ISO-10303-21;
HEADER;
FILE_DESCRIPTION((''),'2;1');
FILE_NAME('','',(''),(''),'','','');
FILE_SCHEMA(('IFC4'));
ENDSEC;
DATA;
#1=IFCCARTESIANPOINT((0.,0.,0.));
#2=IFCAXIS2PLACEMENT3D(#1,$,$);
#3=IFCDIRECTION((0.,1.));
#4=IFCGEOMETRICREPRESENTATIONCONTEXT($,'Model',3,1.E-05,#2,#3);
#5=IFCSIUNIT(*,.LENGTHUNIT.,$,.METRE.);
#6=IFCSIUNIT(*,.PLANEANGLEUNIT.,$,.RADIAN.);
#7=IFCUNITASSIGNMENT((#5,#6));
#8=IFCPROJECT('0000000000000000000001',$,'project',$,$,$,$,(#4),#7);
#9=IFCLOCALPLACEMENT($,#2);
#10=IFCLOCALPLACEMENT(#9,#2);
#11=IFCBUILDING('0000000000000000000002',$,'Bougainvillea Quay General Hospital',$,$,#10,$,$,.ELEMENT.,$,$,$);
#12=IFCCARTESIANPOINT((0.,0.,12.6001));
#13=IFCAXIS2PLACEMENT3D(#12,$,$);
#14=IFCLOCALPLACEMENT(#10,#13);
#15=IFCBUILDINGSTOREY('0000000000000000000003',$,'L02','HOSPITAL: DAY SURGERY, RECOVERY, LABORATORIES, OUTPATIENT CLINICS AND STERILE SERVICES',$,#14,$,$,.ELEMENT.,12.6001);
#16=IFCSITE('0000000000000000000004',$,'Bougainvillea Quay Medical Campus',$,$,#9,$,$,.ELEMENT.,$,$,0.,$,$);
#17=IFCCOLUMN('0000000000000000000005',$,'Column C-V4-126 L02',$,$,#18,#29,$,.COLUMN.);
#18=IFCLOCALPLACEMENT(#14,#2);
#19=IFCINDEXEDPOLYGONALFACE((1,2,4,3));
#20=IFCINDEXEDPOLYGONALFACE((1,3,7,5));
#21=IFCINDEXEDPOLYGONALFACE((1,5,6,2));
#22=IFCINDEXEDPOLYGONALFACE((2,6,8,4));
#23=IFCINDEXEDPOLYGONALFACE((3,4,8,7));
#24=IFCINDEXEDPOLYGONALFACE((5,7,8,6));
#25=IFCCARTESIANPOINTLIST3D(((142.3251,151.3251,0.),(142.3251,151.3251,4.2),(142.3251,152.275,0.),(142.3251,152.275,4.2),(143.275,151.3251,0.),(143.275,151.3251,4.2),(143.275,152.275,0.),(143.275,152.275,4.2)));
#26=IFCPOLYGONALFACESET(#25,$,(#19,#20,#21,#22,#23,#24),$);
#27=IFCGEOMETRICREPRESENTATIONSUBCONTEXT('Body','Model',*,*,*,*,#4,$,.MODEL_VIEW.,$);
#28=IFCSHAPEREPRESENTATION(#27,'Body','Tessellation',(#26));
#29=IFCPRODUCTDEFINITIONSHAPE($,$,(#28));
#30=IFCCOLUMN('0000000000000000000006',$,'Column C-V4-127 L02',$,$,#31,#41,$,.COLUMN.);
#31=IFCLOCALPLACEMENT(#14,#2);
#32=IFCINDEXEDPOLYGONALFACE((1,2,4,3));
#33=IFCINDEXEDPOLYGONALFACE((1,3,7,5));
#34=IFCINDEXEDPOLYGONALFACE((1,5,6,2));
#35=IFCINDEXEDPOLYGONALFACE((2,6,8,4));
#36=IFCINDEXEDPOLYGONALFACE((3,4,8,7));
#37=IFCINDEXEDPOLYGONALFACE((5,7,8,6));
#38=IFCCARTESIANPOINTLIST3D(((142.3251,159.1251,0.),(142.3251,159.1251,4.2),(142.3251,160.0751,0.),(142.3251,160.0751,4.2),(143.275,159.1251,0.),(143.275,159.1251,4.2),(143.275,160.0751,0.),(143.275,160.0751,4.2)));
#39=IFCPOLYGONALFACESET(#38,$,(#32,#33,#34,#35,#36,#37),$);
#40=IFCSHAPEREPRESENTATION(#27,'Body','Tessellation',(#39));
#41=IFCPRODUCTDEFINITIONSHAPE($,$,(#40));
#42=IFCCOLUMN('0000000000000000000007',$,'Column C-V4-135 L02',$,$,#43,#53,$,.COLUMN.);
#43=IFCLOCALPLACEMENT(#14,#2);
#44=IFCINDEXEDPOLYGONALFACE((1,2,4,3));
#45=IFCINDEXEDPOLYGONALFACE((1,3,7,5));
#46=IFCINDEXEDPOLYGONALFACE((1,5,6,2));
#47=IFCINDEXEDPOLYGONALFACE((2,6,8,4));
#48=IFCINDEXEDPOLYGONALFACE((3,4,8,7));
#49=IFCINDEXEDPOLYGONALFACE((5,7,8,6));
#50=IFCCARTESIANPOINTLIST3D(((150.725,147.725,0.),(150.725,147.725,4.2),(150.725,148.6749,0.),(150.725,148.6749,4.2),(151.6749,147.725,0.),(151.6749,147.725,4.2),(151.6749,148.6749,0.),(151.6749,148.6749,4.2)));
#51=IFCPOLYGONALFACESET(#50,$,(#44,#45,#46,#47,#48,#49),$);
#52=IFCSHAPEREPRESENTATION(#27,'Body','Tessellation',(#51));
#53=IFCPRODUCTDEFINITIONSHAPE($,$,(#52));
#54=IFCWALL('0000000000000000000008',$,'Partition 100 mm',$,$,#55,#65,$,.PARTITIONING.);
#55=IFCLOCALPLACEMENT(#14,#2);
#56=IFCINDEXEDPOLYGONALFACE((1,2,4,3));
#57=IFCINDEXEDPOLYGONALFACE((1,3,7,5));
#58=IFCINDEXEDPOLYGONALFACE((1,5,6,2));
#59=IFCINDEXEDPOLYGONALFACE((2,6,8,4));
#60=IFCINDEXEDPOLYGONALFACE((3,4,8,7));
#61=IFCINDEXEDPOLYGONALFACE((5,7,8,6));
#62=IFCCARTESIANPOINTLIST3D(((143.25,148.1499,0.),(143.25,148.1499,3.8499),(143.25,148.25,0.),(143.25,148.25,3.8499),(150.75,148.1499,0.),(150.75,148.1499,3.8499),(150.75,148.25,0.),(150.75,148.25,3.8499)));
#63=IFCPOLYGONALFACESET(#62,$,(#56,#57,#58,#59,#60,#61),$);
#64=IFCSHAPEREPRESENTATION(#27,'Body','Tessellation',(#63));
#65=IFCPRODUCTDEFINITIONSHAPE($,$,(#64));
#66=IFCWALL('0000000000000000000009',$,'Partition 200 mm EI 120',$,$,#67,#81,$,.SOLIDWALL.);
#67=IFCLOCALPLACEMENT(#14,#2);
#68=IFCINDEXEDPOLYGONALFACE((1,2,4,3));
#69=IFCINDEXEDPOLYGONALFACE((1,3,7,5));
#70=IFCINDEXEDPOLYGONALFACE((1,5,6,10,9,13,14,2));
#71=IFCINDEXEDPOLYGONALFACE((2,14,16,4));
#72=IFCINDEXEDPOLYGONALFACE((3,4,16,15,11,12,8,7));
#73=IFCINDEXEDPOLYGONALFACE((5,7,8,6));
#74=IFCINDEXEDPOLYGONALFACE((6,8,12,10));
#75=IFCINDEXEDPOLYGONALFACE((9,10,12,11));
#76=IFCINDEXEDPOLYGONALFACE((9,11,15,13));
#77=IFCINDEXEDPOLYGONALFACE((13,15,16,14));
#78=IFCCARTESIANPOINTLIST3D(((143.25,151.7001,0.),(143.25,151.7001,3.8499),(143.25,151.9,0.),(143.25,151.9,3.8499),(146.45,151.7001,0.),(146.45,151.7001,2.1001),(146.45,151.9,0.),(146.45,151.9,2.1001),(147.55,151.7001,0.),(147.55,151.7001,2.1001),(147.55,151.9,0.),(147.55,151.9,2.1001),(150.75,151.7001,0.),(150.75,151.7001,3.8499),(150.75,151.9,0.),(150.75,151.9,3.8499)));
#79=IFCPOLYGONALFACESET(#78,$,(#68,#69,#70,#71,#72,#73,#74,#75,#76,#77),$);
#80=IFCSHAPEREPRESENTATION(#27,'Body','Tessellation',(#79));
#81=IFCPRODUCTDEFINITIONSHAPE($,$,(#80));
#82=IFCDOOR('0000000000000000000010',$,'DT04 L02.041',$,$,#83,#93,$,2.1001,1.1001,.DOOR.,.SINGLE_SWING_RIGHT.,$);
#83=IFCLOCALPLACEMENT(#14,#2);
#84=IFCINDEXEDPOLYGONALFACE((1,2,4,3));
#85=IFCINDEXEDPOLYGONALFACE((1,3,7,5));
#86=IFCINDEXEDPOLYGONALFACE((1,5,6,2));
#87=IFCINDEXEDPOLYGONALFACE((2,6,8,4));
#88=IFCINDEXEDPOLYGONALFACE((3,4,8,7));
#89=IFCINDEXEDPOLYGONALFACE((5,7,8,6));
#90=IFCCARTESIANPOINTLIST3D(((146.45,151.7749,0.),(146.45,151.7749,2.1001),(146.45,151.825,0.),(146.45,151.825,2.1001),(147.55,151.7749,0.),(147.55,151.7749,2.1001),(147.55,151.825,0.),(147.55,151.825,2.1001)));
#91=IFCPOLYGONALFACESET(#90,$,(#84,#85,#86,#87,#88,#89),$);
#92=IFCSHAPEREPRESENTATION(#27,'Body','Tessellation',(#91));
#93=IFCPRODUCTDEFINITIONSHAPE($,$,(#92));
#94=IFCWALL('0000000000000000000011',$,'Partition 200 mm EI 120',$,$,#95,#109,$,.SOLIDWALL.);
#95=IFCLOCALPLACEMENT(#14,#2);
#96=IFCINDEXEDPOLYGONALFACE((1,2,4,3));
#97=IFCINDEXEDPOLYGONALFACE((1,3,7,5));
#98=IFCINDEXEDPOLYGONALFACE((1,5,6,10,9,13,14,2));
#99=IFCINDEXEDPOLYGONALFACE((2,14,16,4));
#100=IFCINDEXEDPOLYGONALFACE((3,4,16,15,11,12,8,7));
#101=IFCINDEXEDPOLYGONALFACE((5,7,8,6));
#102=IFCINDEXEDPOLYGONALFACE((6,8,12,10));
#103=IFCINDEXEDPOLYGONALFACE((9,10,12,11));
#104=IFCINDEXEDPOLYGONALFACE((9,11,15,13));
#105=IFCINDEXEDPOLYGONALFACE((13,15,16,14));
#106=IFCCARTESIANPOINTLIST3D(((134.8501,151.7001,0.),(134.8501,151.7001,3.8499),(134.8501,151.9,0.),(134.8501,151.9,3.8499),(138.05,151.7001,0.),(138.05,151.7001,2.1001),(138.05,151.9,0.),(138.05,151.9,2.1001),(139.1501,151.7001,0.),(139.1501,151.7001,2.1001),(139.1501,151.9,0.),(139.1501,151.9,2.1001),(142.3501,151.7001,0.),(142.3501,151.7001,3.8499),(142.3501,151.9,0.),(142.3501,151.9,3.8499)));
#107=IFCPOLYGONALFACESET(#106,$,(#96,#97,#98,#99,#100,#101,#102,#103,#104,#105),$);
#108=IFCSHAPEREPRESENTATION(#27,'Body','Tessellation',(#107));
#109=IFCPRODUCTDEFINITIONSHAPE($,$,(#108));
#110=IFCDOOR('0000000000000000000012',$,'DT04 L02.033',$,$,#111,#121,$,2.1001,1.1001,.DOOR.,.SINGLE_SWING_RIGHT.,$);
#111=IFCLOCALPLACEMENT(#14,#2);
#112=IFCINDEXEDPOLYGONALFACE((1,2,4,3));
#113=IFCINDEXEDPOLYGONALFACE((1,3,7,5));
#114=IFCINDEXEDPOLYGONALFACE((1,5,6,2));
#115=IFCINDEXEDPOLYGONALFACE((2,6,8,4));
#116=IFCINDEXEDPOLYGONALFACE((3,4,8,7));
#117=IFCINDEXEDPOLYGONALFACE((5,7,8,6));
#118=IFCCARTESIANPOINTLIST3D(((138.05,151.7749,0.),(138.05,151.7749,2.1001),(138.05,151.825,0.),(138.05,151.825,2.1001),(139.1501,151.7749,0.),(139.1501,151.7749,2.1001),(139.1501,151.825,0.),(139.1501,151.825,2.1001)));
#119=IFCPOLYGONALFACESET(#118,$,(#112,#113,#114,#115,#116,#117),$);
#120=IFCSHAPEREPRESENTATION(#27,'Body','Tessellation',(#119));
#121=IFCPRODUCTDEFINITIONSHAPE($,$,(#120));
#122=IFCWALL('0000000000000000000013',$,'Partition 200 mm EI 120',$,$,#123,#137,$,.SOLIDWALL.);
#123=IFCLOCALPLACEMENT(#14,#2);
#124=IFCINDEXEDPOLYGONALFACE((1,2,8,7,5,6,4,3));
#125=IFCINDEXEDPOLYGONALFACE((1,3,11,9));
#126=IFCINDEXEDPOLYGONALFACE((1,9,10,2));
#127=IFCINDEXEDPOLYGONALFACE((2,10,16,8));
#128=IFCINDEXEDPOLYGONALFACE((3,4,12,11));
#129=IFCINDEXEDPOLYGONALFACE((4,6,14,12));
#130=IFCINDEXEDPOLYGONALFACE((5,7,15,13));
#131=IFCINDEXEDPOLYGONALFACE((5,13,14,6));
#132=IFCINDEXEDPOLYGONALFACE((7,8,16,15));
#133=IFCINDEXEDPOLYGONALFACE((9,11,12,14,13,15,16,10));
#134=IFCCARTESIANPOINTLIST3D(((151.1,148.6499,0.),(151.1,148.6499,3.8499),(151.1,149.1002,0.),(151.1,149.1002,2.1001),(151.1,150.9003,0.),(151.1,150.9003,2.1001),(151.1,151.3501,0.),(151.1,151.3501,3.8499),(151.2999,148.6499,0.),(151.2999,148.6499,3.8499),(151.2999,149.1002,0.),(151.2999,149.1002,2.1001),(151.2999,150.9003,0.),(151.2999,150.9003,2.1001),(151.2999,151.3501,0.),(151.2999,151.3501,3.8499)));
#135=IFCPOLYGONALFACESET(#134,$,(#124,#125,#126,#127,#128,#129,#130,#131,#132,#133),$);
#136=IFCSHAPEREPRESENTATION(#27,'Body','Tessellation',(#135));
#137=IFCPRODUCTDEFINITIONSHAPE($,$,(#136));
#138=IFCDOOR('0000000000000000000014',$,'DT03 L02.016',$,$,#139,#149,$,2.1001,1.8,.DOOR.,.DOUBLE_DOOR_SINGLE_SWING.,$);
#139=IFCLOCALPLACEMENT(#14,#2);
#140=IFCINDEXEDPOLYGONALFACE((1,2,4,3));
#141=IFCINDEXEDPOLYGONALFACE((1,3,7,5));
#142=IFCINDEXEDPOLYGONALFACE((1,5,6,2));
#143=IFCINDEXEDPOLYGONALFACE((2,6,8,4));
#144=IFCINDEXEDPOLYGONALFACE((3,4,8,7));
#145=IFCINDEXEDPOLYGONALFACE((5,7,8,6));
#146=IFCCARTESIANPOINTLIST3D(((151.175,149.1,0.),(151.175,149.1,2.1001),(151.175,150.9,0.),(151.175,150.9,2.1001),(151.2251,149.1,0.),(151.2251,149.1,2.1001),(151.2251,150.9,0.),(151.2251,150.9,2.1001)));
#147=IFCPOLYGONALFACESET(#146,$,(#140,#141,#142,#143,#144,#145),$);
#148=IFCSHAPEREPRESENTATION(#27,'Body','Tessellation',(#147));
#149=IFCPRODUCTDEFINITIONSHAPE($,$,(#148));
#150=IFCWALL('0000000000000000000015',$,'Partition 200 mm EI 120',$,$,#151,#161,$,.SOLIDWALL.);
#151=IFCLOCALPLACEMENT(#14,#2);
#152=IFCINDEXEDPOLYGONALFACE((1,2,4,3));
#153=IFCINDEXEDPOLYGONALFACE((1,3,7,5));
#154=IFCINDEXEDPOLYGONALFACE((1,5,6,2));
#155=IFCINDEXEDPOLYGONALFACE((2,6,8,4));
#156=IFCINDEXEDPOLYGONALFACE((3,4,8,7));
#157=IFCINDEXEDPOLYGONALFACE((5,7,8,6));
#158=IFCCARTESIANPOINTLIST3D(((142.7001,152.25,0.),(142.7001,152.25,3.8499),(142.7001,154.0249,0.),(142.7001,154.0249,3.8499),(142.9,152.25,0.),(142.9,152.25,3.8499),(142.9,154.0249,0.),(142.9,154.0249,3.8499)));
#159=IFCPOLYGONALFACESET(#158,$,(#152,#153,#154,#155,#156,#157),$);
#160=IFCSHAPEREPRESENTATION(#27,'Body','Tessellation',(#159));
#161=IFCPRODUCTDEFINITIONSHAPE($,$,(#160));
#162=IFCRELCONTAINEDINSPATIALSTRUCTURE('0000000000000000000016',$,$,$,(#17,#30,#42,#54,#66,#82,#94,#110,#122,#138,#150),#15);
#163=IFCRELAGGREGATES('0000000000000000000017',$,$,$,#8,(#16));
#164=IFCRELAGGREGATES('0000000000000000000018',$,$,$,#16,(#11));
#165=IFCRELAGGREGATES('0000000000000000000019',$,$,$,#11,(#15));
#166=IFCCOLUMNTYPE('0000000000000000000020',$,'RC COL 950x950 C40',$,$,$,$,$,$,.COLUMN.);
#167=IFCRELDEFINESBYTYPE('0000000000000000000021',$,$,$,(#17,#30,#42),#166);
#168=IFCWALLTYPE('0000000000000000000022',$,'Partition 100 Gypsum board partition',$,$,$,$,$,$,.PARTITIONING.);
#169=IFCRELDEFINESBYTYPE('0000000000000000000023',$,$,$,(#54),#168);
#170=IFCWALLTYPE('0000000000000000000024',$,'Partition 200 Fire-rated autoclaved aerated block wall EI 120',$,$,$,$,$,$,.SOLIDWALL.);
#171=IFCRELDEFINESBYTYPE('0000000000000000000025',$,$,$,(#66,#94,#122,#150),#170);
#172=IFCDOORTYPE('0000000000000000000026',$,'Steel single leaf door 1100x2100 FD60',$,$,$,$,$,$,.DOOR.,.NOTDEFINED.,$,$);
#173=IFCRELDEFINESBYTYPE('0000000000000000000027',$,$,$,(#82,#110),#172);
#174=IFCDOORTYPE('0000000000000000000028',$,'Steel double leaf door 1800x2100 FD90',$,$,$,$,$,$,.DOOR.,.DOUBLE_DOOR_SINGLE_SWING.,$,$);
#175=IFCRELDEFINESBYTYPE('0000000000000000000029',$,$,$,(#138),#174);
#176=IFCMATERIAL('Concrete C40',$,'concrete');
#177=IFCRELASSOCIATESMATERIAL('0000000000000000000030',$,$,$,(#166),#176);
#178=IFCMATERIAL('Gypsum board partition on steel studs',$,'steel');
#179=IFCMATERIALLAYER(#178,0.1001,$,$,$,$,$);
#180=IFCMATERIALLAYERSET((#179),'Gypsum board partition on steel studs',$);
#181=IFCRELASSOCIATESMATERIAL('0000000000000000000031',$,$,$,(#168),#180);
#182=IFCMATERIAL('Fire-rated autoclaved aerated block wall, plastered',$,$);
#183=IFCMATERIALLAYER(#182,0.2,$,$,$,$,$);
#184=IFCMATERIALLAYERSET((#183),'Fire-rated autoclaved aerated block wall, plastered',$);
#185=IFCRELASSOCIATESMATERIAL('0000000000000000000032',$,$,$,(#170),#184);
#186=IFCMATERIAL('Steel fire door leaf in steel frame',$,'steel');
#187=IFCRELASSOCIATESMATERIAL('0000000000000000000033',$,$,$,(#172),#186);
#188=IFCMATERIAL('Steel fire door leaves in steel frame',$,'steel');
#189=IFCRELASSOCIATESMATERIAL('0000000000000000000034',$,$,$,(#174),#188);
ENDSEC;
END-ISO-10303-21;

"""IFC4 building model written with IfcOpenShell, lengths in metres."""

from ifc_helpers import new_model, si_unit, direction, frame, frame_2d, origin, origin_2d, place, context, subcontext, project, spatial, rectangle, extrude, material, layer, layer_set, material_profile, profile_set, type_object, element, fill, save


model = new_model("IFC4")

# Units and contexts
model_context = context("Model", 3, precision=1e-05, world=origin(), true_north=direction((0.0, 1.0)))
body_context = subcontext(model_context, "Body", "Model", "MODEL_VIEW")
ifc_project = project(units=[si_unit("LENGTHUNIT", "METRE"), si_unit("PLANEANGLEUNIT", "RADIAN")], contexts=[model_context])

# Site, building, storey
site_placement = place(None, origin())
site = spatial("IfcSite", under=ifc_project, at=site_placement, Name="Bougainvillea Quay Medical Campus", CompositionType="ELEMENT", RefElevation=0.0)
building_placement = place(site_placement, origin())
building = spatial("IfcBuilding", under=site, at=building_placement, Name="Bougainvillea Quay General Hospital", CompositionType="ELEMENT")
storey_placement = place(building_placement, frame((0.0, 0.0, 12.6001)))
storey = spatial("IfcBuildingStorey", under=building, at=storey_placement, Name="L02", Description="HOSPITAL: DAY SURGERY, RECOVERY, LABORATORIES, OUTPATIENT CLINICS AND STERILE SERVICES", CompositionType="ELEMENT", Elevation=12.6001)

# Columns
ifc_material_1 = material(Name="Concrete C40", Category="concrete")
ifc_material_profile = material_profile(ifc_material_1, rectangle(XDim=0.95, YDim=0.95, at=origin_2d()))
ifc_profile_set = profile_set([ifc_material_profile], Name="Concrete C40")
column_type = type_object("IfcColumnType", Name="RC COL 950x950 C40", PredefinedType="COLUMN", material=ifc_profile_set)
for number, where, z_axis, x_axis, name in (
    (1, (142.8, 151.8, 0.0), (0.0, 0.0, 1.0), (1.0, 0.0, 0.0), "Column C-V4-126 L02"),
    (2, (142.8, 159.6001, 0.0), (0.0, 0.0, 1.0), (1.0, 0.0, 0.0), "Column C-V4-127 L02"),
    (3, (151.2, 148.2, 0.0), (0.0, 0.0, 1.0), (1.0, 0.0, 0.0), "Column C-V4-135 L02"),
):
    element("IfcColumn", number, at=place(storey_placement, frame(where, z_axis=z_axis, x_axis=x_axis)), inside=storey, type_object=column_type, Name=name, PredefinedType="COLUMN", context=body_context, shape_type="SweptSolid", body=[
        extrude(rectangle(XDim=0.95, YDim=0.95, at=origin_2d()), origin(), (0.0, 0.0, 1.0), 4.2),
    ])

# Wall
ifc_material_2 = material(Name="Gypsum board partition on steel studs", Category="steel")
ifc_layer_1 = layer(ifc_material_2, 0.1001)
ifc_layer_set_1 = layer_set([ifc_layer_1], Name="Gypsum board partition on steel studs")
wall_type_1 = type_object("IfcWallType", Name="Partition 100 Gypsum board partition", PredefinedType="PARTITIONING", material=ifc_layer_set_1)
wall_1_placement = place(storey_placement, frame((150.75, 148.2, 0.0), z_axis=(0.0, 0.0, 1.0), x_axis=(-1.0, 0.0, 0.0)))
element("IfcWall", 4, at=wall_1_placement, inside=storey, type_object=wall_type_1, Name="Partition 100 mm", PredefinedType="PARTITIONING", context=body_context, shape_type="SweptSolid", body=[
    extrude(rectangle(XDim=7.5, YDim=0.1001, at=frame_2d((3.75, 0.0))), origin(), (0.0, 0.0, 1.0), 3.8499),
])

# Walls, openings, doors
ifc_material_3 = material(Name="Fire-rated autoclaved aerated block wall, plastered")
ifc_layer_2 = layer(ifc_material_3, 0.2)
ifc_layer_set_2 = layer_set([ifc_layer_2], Name="Fire-rated autoclaved aerated block wall, plastered")
wall_type_2 = type_object("IfcWallType", Name="Partition 200 Fire-rated autoclaved aerated block wall EI 120", PredefinedType="SOLIDWALL", material=ifc_layer_set_2)
wall_2_placement = place(storey_placement, frame((150.75, 151.8, 0.0), z_axis=(0.0, 0.0, 1.0), x_axis=(-1.0, 0.0, 0.0)))
wall_2 = element("IfcWall", 5, at=wall_2_placement, inside=storey, type_object=wall_type_2, Name="Partition 200 mm EI 120", PredefinedType="SOLIDWALL", context=body_context, shape_type="SweptSolid", body=[
    extrude(rectangle(XDim=7.5, YDim=0.2, at=frame_2d((3.75, 0.0))), origin(), (0.0, 0.0, 1.0), 3.8499),
])
opening_1_placement = place(wall_2_placement, frame((3.2, 0.0, 0.0)))
opening_1 = element("IfcOpeningElement", 6, at=opening_1_placement, cuts=wall_2, PredefinedType="OPENING", context=body_context, shape_type="SweptSolid", body=[
    extrude(rectangle(XDim=1.1001, YDim=2.1001, at=frame_2d((0.55, 1.05))), frame((0.0, 0.1099, 0.0), z_axis=(0.0, -1.0, 0.0), x_axis=(1.0, 0.0, 0.0)), (0.0, 0.0, 1.0), 0.22),
])
ifc_material_4 = material(Name="Steel fire door leaf in steel frame", Category="steel")
door_type_1 = type_object("IfcDoorType", Name="Steel single leaf door 1100x2100 FD60", OperationType="NOTDEFINED", PredefinedType="DOOR", material=ifc_material_4)
door_1_placement = place(opening_1_placement, frame((1.1001, 0.0, 0.0), z_axis=(0.0, 0.0, 1.0), x_axis=(-1.0, 0.0, 0.0)))
door_1 = element("IfcDoor", 7, at=door_1_placement, inside=storey, type_object=door_type_1, Name="DT04 L02.041", OperationType="SINGLE_SWING_RIGHT", OverallHeight=2.1001, OverallWidth=1.1001, PredefinedType="DOOR", context=body_context, shape_type="SweptSolid", body=[
    extrude(rectangle(XDim=1.1001, YDim=2.1001, at=frame_2d((0.55, 1.05))), frame((0.0, 0.0249, 0.0), z_axis=(0.0, -1.0, 0.0), x_axis=(1.0, 0.0, 0.0)), (0.0, 0.0, 1.0), 0.05),
])
fill(opening_1, door_1)
wall_3_placement = place(storey_placement, frame((142.3501, 151.8, 0.0), z_axis=(0.0, 0.0, 1.0), x_axis=(-1.0, 0.0, 0.0)))
wall_3 = element("IfcWall", 8, at=wall_3_placement, inside=storey, type_object=wall_type_2, Name="Partition 200 mm EI 120", PredefinedType="SOLIDWALL", context=body_context, shape_type="SweptSolid", body=[
    extrude(rectangle(XDim=7.5, YDim=0.2, at=frame_2d((3.75, 0.0))), origin(), (0.0, 0.0, 1.0), 3.8499),
])
opening_2_placement = place(wall_3_placement, frame((3.2, 0.0, 0.0)))
opening_2 = element("IfcOpeningElement", 9, at=opening_2_placement, cuts=wall_3, PredefinedType="OPENING", context=body_context, shape_type="SweptSolid", body=[
    extrude(rectangle(XDim=1.1001, YDim=2.1001, at=frame_2d((0.55, 1.05))), frame((0.0, 0.1099, 0.0), z_axis=(0.0, -1.0, 0.0), x_axis=(1.0, 0.0, 0.0)), (0.0, 0.0, 1.0), 0.22),
])
door_2_placement = place(opening_2_placement, frame((1.1001, 0.0, 0.0), z_axis=(0.0, 0.0, 1.0), x_axis=(-1.0, 0.0, 0.0)))
door_2 = element("IfcDoor", 10, at=door_2_placement, inside=storey, type_object=door_type_1, Name="DT04 L02.033", OperationType="SINGLE_SWING_RIGHT", OverallHeight=2.1001, OverallWidth=1.1001, PredefinedType="DOOR", context=body_context, shape_type="SweptSolid", body=[
    extrude(rectangle(XDim=1.1001, YDim=2.1001, at=frame_2d((0.55, 1.05))), frame((0.0, 0.0249, 0.0), z_axis=(0.0, -1.0, 0.0), x_axis=(1.0, 0.0, 0.0)), (0.0, 0.0, 1.0), 0.05),
])
fill(opening_2, door_2)
wall_4_placement = place(storey_placement, frame((151.2, 151.3501, 0.0), z_axis=(0.0, 0.0, 1.0), x_axis=(0.0, -1.0, 0.0)))
wall_4 = element("IfcWall", 11, at=wall_4_placement, inside=storey, type_object=wall_type_2, Name="Partition 200 mm EI 120", PredefinedType="SOLIDWALL", context=body_context, shape_type="SweptSolid", body=[
    extrude(rectangle(XDim=2.7002, YDim=0.2, at=frame_2d((1.3501, 0.0))), origin(), (0.0, 0.0, 1.0), 3.8499),
])
opening_3_placement = place(wall_4_placement, frame((0.45, 0.0, 0.0)))
opening_3 = element("IfcOpeningElement", 12, at=opening_3_placement, cuts=wall_4, PredefinedType="OPENING", context=body_context, shape_type="SweptSolid", body=[
    extrude(rectangle(XDim=1.8, YDim=2.1001, at=frame_2d((0.8999, 1.05))), frame((0.0, 0.1099, 0.0), z_axis=(0.0, -1.0, 0.0), x_axis=(1.0, 0.0, 0.0)), (0.0, 0.0, 1.0), 0.22),
])
ifc_material_5 = material(Name="Steel fire door leaves in steel frame", Category="steel")
door_type_2 = type_object("IfcDoorType", Name="Steel double leaf door 1800x2100 FD90", OperationType="DOUBLE_DOOR_SINGLE_SWING", PredefinedType="DOOR", material=ifc_material_5)
door_3_placement = place(opening_3_placement, frame((1.8, 0.0, 0.0), z_axis=(0.0, 0.0, 1.0), x_axis=(-1.0, 0.0, 0.0)))
door_3 = element("IfcDoor", 13, at=door_3_placement, inside=storey, type_object=door_type_2, Name="DT03 L02.016", OperationType="DOUBLE_DOOR_SINGLE_SWING", OverallHeight=2.1001, OverallWidth=1.8, PredefinedType="DOOR", context=body_context, shape_type="SweptSolid", body=[
    extrude(rectangle(XDim=1.8, YDim=2.1001, at=frame_2d((0.8999, 1.05))), frame((0.0, 0.0249, 0.0), z_axis=(0.0, -1.0, 0.0), x_axis=(1.0, 0.0, 0.0)), (0.0, 0.0, 1.0), 0.05),
])
fill(opening_3, door_3)

# Wall
wall_5_placement = place(storey_placement, frame((142.8, 152.25, 0.0), z_axis=(0.0, 0.0, 1.0), x_axis=(0.0, 1.0, 0.0)))
element("IfcWall", 14, at=wall_5_placement, inside=storey, type_object=wall_type_2, Name="Partition 200 mm EI 120", PredefinedType="SOLIDWALL", context=body_context, shape_type="SweptSolid", body=[
    extrude(rectangle(XDim=1.7749, YDim=0.2, at=frame_2d((0.8875, 0.0))), origin(), (0.0, 0.0, 1.0), 3.8499),
])

save(model, "model.ifc")
